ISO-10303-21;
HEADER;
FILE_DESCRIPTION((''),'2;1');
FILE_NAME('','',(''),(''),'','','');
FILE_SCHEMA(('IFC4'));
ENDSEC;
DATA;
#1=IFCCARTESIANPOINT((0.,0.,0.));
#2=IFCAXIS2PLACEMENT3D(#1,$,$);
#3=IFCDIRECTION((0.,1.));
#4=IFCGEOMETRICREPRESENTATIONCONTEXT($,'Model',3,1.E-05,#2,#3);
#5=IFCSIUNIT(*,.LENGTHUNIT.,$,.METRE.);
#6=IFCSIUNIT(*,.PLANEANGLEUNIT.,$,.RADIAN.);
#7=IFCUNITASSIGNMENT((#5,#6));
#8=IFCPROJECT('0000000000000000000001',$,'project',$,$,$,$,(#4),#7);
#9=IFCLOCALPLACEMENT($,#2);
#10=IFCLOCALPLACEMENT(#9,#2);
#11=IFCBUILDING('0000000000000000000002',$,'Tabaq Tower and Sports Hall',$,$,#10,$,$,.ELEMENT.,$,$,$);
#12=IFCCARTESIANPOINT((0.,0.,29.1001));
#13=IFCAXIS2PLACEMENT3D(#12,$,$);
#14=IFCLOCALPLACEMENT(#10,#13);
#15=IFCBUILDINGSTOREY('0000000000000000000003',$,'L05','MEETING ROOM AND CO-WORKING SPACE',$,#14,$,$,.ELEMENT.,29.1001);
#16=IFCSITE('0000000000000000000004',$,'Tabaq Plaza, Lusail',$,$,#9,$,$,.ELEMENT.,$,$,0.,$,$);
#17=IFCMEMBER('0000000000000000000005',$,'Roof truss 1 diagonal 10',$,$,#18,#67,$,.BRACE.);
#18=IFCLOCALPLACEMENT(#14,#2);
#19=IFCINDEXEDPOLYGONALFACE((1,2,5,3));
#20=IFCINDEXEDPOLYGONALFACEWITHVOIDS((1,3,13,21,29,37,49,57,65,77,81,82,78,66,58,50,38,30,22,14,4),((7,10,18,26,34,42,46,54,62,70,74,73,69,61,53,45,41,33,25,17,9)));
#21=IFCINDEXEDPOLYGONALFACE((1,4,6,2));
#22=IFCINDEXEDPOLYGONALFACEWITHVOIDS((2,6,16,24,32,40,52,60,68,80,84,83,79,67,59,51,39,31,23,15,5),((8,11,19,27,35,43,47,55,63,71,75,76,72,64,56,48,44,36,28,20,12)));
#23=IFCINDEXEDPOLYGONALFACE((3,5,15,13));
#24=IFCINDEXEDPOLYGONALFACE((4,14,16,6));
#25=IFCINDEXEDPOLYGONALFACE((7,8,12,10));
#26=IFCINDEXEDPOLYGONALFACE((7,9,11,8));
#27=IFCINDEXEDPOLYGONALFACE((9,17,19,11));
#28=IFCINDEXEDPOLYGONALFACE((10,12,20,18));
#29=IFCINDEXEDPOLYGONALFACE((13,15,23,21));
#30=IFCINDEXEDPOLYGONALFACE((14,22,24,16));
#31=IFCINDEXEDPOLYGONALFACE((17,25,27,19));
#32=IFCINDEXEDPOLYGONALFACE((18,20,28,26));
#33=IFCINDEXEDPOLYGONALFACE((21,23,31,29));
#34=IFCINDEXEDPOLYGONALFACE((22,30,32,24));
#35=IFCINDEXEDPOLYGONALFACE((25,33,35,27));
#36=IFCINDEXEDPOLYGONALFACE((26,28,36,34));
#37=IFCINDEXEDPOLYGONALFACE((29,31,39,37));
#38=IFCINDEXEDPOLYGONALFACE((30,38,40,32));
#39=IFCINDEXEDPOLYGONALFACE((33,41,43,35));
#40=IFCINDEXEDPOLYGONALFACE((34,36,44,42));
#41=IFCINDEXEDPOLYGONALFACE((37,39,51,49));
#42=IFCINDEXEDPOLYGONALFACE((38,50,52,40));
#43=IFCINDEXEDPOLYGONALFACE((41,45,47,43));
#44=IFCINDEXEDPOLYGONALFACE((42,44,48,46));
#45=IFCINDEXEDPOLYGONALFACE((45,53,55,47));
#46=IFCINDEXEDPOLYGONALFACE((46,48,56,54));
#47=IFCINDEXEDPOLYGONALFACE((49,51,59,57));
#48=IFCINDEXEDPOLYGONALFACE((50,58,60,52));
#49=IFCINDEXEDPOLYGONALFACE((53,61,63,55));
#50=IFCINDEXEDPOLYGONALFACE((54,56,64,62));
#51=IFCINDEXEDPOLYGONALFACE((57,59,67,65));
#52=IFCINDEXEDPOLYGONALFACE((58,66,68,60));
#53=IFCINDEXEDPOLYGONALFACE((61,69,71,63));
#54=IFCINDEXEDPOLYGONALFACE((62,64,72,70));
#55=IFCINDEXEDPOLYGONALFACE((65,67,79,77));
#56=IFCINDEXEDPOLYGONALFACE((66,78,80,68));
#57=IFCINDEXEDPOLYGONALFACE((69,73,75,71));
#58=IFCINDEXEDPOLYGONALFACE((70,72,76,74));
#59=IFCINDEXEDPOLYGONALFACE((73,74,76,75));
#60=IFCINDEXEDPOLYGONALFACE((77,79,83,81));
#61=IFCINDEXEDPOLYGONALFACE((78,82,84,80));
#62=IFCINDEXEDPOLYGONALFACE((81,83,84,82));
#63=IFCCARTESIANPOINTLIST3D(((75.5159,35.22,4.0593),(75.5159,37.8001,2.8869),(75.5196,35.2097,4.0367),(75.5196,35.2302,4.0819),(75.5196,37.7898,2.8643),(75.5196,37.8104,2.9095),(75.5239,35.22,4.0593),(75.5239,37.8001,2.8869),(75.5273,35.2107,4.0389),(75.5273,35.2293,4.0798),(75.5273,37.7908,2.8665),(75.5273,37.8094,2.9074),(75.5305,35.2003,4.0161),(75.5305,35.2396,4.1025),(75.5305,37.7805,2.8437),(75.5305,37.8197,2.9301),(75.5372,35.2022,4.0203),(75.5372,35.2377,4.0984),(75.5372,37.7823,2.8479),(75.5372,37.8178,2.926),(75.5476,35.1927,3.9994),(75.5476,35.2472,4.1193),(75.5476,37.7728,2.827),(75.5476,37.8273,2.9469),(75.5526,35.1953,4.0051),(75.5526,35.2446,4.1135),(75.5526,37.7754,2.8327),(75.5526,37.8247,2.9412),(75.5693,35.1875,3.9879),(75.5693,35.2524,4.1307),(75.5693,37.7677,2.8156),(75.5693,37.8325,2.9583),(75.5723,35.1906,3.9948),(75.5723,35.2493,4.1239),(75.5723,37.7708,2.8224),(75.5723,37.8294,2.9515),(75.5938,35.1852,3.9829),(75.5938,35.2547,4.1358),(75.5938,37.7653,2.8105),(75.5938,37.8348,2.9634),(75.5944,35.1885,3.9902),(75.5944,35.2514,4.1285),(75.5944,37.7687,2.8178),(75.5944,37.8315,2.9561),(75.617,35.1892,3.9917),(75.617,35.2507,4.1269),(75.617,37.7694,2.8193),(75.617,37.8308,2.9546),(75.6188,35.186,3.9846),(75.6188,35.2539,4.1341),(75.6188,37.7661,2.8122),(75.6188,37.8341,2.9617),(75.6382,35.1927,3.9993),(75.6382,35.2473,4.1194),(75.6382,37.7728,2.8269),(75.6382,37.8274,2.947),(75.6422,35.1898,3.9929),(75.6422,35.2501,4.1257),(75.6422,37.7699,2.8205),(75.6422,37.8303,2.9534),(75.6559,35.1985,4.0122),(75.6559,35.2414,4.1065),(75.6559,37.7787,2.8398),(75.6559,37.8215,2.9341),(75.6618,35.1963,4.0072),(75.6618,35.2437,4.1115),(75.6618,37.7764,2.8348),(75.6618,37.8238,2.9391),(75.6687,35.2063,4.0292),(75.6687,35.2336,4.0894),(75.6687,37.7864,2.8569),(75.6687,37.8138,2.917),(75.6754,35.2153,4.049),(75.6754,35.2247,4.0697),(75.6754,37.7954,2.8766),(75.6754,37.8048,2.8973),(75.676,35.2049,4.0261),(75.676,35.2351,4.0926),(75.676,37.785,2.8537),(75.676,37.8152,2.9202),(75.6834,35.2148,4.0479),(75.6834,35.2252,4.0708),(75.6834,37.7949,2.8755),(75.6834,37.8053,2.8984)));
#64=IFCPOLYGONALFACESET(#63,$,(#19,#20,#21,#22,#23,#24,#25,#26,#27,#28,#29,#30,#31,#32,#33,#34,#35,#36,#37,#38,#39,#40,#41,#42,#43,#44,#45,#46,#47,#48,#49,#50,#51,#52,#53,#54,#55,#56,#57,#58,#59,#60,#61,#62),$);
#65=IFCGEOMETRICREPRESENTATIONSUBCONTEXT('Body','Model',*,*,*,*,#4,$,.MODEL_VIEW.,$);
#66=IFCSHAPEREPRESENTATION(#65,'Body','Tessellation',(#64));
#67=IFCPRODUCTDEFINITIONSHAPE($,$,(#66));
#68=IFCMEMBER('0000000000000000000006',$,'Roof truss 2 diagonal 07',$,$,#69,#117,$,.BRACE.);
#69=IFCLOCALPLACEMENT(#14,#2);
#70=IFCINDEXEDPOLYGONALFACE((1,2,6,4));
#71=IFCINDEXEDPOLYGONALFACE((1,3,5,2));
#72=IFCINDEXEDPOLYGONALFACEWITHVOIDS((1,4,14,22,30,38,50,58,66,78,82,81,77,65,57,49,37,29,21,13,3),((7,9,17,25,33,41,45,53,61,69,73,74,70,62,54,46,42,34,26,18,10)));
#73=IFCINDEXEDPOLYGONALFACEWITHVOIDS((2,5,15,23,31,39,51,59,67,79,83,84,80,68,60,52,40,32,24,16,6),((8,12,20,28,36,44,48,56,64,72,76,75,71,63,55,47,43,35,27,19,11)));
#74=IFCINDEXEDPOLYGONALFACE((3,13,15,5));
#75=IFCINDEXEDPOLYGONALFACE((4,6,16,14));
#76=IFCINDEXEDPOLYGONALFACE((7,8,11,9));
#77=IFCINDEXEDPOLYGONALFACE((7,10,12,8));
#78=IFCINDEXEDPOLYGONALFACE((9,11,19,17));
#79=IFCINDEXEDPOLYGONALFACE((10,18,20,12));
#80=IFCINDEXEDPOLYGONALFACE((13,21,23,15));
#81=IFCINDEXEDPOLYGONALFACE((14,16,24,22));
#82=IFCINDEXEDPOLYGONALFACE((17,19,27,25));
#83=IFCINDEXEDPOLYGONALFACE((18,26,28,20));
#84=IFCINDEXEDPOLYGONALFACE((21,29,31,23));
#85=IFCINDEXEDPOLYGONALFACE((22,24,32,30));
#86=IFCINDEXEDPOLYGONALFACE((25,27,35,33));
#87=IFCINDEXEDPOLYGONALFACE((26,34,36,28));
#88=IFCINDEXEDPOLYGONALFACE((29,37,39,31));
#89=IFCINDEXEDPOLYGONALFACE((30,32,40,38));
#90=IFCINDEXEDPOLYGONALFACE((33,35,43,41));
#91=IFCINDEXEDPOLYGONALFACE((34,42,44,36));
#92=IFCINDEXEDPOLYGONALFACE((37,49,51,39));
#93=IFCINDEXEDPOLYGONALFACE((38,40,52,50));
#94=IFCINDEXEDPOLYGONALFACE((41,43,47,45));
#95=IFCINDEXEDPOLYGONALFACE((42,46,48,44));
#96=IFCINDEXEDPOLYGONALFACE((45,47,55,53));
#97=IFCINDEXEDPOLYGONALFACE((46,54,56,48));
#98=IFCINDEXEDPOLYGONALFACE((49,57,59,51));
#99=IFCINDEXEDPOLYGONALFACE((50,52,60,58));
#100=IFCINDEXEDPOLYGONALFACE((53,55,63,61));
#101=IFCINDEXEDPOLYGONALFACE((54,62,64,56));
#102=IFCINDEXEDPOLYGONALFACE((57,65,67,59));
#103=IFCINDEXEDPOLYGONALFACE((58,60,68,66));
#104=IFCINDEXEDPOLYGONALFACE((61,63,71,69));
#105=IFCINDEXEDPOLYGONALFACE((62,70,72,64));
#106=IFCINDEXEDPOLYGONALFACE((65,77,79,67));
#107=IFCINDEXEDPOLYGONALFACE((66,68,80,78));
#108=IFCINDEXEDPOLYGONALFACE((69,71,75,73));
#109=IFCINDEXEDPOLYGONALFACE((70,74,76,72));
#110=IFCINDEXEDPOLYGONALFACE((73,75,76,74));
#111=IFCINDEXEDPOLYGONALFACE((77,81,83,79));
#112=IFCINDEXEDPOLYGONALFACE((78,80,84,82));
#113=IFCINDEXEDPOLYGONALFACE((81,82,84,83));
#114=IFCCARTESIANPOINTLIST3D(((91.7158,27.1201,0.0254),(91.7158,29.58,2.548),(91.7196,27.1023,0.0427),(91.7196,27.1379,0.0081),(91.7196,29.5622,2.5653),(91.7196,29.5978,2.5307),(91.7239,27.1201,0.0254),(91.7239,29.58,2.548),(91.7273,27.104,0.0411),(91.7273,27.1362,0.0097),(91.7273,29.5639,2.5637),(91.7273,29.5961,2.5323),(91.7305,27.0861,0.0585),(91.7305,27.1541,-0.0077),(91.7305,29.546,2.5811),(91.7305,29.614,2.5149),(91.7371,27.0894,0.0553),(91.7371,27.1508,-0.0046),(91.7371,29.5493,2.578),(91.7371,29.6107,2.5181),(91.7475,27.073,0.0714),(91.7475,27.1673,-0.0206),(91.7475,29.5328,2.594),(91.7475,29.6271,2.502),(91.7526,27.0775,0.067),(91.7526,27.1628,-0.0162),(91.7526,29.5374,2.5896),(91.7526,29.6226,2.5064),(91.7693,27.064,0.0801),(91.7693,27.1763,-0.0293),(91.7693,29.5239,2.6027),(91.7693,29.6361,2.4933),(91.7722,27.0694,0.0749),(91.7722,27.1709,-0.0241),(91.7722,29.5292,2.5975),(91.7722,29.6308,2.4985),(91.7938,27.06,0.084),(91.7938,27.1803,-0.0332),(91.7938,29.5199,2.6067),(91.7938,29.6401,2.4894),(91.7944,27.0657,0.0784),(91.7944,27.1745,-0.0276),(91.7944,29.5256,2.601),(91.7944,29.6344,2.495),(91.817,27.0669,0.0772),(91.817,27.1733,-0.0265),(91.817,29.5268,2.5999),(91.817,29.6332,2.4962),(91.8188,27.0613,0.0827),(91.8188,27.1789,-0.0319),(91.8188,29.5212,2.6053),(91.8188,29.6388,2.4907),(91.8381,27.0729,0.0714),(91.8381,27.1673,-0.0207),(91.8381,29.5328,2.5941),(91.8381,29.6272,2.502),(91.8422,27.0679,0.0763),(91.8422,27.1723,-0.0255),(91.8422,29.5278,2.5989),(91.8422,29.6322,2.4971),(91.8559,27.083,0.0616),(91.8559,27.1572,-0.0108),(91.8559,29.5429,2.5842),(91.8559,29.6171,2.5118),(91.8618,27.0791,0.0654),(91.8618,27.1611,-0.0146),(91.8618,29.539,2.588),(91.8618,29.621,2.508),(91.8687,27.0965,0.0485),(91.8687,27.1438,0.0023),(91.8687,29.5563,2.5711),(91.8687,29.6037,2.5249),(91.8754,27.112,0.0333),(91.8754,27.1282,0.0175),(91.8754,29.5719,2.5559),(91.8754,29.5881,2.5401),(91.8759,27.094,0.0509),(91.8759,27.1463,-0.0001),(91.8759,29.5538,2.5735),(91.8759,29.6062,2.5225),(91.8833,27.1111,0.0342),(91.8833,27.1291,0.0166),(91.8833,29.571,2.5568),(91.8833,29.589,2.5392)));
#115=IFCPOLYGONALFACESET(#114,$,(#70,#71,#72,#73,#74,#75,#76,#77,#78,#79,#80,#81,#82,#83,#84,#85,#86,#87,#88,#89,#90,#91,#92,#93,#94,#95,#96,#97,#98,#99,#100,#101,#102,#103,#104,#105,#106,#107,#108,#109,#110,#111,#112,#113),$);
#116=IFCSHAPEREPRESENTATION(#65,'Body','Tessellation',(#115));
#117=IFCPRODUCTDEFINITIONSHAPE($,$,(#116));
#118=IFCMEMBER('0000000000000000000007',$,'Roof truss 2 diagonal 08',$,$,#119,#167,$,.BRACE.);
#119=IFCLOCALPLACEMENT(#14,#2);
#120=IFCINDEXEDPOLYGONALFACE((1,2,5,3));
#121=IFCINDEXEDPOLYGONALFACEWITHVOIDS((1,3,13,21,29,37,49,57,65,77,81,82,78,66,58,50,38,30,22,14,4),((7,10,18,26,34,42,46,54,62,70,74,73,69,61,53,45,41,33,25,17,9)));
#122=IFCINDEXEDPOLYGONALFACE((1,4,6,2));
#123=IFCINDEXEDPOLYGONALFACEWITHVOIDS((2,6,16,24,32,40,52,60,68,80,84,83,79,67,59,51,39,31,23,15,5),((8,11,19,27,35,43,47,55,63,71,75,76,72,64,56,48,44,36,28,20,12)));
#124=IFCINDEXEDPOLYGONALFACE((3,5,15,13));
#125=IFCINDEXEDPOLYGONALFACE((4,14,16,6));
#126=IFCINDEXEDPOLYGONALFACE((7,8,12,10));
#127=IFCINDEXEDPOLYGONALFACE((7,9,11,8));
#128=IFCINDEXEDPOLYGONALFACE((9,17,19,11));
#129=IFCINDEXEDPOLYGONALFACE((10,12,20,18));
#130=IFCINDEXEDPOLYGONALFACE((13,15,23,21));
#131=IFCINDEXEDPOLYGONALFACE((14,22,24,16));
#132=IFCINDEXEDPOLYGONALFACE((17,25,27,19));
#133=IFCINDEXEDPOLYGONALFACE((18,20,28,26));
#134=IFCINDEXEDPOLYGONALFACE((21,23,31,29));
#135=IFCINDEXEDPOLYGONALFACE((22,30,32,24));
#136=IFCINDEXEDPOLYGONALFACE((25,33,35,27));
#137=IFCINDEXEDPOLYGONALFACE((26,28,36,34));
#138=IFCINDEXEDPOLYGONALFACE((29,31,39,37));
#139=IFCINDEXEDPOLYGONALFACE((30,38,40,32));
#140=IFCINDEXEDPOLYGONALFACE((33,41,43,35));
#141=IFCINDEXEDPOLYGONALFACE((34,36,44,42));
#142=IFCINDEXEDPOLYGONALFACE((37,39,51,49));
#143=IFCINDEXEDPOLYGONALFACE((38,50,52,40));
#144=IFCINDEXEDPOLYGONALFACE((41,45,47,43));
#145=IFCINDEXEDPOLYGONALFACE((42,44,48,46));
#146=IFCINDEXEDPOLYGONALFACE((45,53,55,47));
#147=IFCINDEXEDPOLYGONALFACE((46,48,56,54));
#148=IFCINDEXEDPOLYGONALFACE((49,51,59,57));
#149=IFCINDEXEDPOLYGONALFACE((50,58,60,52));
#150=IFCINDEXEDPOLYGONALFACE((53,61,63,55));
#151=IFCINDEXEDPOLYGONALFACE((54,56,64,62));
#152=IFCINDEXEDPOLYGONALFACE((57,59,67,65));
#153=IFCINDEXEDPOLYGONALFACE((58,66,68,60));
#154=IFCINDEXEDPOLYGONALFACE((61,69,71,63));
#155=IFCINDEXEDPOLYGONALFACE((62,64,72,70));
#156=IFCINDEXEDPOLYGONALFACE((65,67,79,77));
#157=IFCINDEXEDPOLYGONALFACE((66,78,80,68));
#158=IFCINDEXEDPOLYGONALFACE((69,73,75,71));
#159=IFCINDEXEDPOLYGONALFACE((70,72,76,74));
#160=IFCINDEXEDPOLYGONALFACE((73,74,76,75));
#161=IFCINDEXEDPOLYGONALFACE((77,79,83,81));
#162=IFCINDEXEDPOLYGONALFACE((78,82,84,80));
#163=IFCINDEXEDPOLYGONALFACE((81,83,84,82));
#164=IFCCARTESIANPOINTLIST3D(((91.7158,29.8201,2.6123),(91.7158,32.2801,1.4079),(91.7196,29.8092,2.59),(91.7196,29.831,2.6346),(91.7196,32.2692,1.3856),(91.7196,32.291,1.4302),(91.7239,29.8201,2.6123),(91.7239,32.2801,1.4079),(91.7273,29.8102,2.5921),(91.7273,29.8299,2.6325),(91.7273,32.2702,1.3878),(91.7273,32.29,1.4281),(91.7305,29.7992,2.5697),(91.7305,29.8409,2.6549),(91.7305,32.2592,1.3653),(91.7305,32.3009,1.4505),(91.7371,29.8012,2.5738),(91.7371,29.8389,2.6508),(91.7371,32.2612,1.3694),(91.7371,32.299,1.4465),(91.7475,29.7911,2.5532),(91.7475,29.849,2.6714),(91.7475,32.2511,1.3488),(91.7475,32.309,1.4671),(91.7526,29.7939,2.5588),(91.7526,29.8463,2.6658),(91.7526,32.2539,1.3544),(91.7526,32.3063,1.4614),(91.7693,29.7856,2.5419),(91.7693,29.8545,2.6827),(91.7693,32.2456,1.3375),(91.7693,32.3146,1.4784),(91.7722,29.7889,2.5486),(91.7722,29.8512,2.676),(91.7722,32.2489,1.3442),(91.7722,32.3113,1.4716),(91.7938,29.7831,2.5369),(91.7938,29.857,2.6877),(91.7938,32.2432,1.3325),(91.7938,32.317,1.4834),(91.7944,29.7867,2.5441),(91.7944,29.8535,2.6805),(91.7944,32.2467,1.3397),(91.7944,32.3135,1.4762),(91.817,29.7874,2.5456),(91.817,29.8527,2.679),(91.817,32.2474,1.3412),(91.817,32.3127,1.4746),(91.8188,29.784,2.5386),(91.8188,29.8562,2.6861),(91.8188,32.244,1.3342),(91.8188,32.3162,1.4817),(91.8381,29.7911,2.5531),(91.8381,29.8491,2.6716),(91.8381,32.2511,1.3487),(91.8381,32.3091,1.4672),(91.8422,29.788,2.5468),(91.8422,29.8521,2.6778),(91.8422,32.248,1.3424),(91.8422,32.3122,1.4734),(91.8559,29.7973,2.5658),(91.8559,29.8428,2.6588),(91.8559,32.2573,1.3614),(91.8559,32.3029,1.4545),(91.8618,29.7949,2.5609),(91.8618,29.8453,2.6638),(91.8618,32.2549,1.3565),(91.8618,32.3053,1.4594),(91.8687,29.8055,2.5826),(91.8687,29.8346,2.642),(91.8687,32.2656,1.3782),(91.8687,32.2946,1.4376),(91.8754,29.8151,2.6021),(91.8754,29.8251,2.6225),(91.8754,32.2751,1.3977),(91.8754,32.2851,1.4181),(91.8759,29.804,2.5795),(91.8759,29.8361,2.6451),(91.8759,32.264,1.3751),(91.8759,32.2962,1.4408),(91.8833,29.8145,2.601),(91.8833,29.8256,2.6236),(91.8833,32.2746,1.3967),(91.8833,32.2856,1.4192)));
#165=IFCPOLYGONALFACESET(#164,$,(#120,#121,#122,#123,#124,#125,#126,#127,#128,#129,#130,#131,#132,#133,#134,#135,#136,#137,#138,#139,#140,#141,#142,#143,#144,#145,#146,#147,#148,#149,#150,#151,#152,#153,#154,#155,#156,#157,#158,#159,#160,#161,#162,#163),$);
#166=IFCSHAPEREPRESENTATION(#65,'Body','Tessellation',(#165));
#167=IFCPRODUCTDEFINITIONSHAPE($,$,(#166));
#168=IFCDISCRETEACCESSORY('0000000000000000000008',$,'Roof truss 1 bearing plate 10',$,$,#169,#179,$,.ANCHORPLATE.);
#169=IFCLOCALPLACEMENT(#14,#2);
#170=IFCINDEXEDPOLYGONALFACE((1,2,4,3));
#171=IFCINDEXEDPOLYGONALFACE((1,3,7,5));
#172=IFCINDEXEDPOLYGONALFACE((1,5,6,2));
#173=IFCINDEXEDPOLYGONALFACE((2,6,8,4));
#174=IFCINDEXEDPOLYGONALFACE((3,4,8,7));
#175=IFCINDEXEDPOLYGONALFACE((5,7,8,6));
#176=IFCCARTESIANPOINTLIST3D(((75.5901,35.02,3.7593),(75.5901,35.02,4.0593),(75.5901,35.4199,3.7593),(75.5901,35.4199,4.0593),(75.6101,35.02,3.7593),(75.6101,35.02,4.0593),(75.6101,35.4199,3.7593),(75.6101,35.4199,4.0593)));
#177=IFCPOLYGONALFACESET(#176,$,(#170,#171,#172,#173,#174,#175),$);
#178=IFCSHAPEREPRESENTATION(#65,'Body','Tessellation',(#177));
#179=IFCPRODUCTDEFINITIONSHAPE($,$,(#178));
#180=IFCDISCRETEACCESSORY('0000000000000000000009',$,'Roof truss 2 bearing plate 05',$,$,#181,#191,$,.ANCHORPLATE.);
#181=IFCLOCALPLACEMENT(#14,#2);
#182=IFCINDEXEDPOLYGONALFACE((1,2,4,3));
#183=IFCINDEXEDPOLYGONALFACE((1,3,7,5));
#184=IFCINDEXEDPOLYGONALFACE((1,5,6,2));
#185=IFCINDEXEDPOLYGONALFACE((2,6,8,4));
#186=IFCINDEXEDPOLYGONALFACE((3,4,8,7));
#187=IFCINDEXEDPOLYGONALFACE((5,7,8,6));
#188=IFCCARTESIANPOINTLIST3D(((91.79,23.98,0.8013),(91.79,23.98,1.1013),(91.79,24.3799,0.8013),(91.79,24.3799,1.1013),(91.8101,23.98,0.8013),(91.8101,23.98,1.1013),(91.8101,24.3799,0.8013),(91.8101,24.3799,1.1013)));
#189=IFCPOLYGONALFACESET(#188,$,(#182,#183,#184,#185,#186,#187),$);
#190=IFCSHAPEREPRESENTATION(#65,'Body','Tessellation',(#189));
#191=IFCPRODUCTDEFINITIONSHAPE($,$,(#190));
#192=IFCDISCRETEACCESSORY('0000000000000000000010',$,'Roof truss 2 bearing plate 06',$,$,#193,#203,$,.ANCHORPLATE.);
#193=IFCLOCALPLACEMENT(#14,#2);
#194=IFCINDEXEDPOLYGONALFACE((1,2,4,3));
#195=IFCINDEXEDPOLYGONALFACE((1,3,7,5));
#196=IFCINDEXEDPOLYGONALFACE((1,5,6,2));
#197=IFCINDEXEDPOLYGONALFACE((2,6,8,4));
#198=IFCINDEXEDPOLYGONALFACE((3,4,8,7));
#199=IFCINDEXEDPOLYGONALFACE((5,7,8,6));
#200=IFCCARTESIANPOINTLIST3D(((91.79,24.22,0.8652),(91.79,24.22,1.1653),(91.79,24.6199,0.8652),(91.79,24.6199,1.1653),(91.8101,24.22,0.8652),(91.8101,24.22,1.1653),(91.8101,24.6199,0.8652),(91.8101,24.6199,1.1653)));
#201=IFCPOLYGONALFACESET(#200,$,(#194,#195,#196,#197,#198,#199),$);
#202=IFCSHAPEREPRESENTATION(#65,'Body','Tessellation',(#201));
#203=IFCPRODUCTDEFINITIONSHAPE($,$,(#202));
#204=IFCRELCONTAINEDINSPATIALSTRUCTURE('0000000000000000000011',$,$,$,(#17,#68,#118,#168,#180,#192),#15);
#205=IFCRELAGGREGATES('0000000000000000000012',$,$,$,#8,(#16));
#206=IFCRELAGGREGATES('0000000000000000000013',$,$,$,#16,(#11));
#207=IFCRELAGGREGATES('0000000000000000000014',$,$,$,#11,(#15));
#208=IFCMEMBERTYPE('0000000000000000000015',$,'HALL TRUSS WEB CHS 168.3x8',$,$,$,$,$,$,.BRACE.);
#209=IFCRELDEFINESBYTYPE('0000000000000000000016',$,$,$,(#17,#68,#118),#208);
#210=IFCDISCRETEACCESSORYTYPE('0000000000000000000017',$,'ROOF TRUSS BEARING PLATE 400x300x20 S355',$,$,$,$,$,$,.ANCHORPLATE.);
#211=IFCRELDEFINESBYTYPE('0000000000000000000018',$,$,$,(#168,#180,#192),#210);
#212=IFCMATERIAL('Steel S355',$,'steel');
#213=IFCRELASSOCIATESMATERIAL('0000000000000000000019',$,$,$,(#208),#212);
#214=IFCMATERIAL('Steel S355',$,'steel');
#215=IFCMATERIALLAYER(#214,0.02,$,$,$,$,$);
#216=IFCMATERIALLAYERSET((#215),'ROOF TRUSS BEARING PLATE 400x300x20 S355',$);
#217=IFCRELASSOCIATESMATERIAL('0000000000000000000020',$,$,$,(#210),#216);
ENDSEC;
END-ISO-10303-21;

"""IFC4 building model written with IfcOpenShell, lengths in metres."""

from ifc_helpers import new_model, si_unit, direction, frame, origin, origin_2d, place, context, subcontext, project, spatial, rectangle, hollow_circle, extrude, material, layer, layer_set, material_profile, profile_set, type_object, element, save


model = new_model("IFC4")

# Units and contexts
model_context = context("Model", 3, precision=1e-05, world=origin(), true_north=direction((0.0, 1.0)))
body_context = subcontext(model_context, "Body", "Model", "MODEL_VIEW")
ifc_project = project(units=[si_unit("LENGTHUNIT", "METRE"), si_unit("PLANEANGLEUNIT", "RADIAN")], contexts=[model_context])

# Site, building, storey
site_placement = place(None, origin())
site = spatial("IfcSite", under=ifc_project, at=site_placement, Name="Tabaq Plaza, Lusail", CompositionType="ELEMENT", RefElevation=0.0)
building_placement = place(site_placement, origin())
building = spatial("IfcBuilding", under=site, at=building_placement, Name="Tabaq Tower and Sports Hall", CompositionType="ELEMENT")
storey_placement = place(building_placement, frame((0.0, 0.0, 29.1001)))
storey = spatial("IfcBuildingStorey", under=building, at=storey_placement, Name="L05", Description="MEETING ROOM AND CO-WORKING SPACE", CompositionType="ELEMENT", Elevation=29.1001)

# Members
ifc_material_1 = material(Name="Steel S355", Category="steel")
ifc_material_profile_1 = material_profile(ifc_material_1, hollow_circle(Radius=0.0842, WallThickness=0.0081, at=origin_2d()), Name="CHS 168.3x8")
ifc_profile_set_1 = profile_set([ifc_material_profile_1], Name="Steel S355")
member_type_1 = type_object("IfcMemberType", Name="HALL TRUSS WEB CHS 168.3x8", PredefinedType="BRACE", material=ifc_profile_set_1)
member_1_placement = place(storey_placement, frame((75.6001, 35.22, 4.0593), z_axis=(0.0, 0.91042, -0.413686), x_axis=(-1.0, 0.0, 0.0)))
element("IfcMember", 1, at=member_1_placement, inside=storey, type_object=member_type_1, Name="Roof truss 1 diagonal 10", PredefinedType="BRACE", context=body_context, shape_type="SweptSolid", body=[
    extrude(hollow_circle(Radius=0.0842, WallThickness=0.0081, at=origin_2d()), origin(), (0.0, 0.0, 1.0), 2.834),
])
member_2_placement = place(storey_placement, frame((91.8, 27.1201, 0.0254), z_axis=(0.0, 0.698147, 0.715954), x_axis=(-1.0, 0.0, 0.0)))
element("IfcMember", 2, at=member_2_placement, inside=storey, type_object=member_type_1, Name="Roof truss 2 diagonal 07", PredefinedType="BRACE", context=body_context, shape_type="SweptSolid", body=[
    extrude(hollow_circle(Radius=0.0842, WallThickness=0.0081, at=origin_2d()), origin(), (0.0, 0.0, 1.0), 3.5234),
])
member_3_placement = place(storey_placement, frame((91.8, 29.8201, 2.6123), z_axis=(0.0, 0.89814, -0.43971), x_axis=(-1.0, 0.0, 0.0)))
element("IfcMember", 3, at=member_3_placement, inside=storey, type_object=member_type_1, Name="Roof truss 2 diagonal 08", PredefinedType="BRACE", context=body_context, shape_type="SweptSolid", body=[
    extrude(hollow_circle(Radius=0.0842, WallThickness=0.0081, at=origin_2d()), origin(), (0.0, 0.0, 1.0), 2.739),
])

# Discrete accessories
ifc_material_2 = material(Name="Steel S355", Category="steel")
ifc_layer_1 = layer(ifc_material_2, 0.02)
ifc_layer_set_1 = layer_set([ifc_layer_1], Name="ROOF TRUSS BEARING PLATE 400x300x20 S355")
discrete_accessory_type_1 = type_object("IfcDiscreteAccessoryType", Name="ROOF TRUSS BEARING PLATE 400x300x20 S355", PredefinedType="ANCHORPLATE", material=ifc_layer_set_1)
for number, where, z_axis, x_axis, name in (
    (4, (75.6001, 35.22, 3.7593), (0.0, 0.0, 1.0), (1.0, 0.0, 0.0), "Roof truss 1 bearing plate 10"),
    (5, (91.8, 24.1799, 0.8013), (0.0, 0.0, 1.0), (1.0, 0.0, 0.0), "Roof truss 2 bearing plate 05"),
    (6, (91.8, 24.4199, 0.8652), (0.0, 0.0, 1.0), (1.0, 0.0, 0.0), "Roof truss 2 bearing plate 06"),
):
    element("IfcDiscreteAccessory", number, at=place(storey_placement, frame(where, z_axis=z_axis, x_axis=x_axis)), inside=storey, type_object=discrete_accessory_type_1, Name=name, PredefinedType="ANCHORPLATE", context=body_context, shape_type="SweptSolid", body=[
        extrude(rectangle(XDim=0.02, YDim=0.3999, at=origin_2d()), origin(), (0.0, 0.0, 1.0), 0.3),
    ])

save(model, "model.ifc")
